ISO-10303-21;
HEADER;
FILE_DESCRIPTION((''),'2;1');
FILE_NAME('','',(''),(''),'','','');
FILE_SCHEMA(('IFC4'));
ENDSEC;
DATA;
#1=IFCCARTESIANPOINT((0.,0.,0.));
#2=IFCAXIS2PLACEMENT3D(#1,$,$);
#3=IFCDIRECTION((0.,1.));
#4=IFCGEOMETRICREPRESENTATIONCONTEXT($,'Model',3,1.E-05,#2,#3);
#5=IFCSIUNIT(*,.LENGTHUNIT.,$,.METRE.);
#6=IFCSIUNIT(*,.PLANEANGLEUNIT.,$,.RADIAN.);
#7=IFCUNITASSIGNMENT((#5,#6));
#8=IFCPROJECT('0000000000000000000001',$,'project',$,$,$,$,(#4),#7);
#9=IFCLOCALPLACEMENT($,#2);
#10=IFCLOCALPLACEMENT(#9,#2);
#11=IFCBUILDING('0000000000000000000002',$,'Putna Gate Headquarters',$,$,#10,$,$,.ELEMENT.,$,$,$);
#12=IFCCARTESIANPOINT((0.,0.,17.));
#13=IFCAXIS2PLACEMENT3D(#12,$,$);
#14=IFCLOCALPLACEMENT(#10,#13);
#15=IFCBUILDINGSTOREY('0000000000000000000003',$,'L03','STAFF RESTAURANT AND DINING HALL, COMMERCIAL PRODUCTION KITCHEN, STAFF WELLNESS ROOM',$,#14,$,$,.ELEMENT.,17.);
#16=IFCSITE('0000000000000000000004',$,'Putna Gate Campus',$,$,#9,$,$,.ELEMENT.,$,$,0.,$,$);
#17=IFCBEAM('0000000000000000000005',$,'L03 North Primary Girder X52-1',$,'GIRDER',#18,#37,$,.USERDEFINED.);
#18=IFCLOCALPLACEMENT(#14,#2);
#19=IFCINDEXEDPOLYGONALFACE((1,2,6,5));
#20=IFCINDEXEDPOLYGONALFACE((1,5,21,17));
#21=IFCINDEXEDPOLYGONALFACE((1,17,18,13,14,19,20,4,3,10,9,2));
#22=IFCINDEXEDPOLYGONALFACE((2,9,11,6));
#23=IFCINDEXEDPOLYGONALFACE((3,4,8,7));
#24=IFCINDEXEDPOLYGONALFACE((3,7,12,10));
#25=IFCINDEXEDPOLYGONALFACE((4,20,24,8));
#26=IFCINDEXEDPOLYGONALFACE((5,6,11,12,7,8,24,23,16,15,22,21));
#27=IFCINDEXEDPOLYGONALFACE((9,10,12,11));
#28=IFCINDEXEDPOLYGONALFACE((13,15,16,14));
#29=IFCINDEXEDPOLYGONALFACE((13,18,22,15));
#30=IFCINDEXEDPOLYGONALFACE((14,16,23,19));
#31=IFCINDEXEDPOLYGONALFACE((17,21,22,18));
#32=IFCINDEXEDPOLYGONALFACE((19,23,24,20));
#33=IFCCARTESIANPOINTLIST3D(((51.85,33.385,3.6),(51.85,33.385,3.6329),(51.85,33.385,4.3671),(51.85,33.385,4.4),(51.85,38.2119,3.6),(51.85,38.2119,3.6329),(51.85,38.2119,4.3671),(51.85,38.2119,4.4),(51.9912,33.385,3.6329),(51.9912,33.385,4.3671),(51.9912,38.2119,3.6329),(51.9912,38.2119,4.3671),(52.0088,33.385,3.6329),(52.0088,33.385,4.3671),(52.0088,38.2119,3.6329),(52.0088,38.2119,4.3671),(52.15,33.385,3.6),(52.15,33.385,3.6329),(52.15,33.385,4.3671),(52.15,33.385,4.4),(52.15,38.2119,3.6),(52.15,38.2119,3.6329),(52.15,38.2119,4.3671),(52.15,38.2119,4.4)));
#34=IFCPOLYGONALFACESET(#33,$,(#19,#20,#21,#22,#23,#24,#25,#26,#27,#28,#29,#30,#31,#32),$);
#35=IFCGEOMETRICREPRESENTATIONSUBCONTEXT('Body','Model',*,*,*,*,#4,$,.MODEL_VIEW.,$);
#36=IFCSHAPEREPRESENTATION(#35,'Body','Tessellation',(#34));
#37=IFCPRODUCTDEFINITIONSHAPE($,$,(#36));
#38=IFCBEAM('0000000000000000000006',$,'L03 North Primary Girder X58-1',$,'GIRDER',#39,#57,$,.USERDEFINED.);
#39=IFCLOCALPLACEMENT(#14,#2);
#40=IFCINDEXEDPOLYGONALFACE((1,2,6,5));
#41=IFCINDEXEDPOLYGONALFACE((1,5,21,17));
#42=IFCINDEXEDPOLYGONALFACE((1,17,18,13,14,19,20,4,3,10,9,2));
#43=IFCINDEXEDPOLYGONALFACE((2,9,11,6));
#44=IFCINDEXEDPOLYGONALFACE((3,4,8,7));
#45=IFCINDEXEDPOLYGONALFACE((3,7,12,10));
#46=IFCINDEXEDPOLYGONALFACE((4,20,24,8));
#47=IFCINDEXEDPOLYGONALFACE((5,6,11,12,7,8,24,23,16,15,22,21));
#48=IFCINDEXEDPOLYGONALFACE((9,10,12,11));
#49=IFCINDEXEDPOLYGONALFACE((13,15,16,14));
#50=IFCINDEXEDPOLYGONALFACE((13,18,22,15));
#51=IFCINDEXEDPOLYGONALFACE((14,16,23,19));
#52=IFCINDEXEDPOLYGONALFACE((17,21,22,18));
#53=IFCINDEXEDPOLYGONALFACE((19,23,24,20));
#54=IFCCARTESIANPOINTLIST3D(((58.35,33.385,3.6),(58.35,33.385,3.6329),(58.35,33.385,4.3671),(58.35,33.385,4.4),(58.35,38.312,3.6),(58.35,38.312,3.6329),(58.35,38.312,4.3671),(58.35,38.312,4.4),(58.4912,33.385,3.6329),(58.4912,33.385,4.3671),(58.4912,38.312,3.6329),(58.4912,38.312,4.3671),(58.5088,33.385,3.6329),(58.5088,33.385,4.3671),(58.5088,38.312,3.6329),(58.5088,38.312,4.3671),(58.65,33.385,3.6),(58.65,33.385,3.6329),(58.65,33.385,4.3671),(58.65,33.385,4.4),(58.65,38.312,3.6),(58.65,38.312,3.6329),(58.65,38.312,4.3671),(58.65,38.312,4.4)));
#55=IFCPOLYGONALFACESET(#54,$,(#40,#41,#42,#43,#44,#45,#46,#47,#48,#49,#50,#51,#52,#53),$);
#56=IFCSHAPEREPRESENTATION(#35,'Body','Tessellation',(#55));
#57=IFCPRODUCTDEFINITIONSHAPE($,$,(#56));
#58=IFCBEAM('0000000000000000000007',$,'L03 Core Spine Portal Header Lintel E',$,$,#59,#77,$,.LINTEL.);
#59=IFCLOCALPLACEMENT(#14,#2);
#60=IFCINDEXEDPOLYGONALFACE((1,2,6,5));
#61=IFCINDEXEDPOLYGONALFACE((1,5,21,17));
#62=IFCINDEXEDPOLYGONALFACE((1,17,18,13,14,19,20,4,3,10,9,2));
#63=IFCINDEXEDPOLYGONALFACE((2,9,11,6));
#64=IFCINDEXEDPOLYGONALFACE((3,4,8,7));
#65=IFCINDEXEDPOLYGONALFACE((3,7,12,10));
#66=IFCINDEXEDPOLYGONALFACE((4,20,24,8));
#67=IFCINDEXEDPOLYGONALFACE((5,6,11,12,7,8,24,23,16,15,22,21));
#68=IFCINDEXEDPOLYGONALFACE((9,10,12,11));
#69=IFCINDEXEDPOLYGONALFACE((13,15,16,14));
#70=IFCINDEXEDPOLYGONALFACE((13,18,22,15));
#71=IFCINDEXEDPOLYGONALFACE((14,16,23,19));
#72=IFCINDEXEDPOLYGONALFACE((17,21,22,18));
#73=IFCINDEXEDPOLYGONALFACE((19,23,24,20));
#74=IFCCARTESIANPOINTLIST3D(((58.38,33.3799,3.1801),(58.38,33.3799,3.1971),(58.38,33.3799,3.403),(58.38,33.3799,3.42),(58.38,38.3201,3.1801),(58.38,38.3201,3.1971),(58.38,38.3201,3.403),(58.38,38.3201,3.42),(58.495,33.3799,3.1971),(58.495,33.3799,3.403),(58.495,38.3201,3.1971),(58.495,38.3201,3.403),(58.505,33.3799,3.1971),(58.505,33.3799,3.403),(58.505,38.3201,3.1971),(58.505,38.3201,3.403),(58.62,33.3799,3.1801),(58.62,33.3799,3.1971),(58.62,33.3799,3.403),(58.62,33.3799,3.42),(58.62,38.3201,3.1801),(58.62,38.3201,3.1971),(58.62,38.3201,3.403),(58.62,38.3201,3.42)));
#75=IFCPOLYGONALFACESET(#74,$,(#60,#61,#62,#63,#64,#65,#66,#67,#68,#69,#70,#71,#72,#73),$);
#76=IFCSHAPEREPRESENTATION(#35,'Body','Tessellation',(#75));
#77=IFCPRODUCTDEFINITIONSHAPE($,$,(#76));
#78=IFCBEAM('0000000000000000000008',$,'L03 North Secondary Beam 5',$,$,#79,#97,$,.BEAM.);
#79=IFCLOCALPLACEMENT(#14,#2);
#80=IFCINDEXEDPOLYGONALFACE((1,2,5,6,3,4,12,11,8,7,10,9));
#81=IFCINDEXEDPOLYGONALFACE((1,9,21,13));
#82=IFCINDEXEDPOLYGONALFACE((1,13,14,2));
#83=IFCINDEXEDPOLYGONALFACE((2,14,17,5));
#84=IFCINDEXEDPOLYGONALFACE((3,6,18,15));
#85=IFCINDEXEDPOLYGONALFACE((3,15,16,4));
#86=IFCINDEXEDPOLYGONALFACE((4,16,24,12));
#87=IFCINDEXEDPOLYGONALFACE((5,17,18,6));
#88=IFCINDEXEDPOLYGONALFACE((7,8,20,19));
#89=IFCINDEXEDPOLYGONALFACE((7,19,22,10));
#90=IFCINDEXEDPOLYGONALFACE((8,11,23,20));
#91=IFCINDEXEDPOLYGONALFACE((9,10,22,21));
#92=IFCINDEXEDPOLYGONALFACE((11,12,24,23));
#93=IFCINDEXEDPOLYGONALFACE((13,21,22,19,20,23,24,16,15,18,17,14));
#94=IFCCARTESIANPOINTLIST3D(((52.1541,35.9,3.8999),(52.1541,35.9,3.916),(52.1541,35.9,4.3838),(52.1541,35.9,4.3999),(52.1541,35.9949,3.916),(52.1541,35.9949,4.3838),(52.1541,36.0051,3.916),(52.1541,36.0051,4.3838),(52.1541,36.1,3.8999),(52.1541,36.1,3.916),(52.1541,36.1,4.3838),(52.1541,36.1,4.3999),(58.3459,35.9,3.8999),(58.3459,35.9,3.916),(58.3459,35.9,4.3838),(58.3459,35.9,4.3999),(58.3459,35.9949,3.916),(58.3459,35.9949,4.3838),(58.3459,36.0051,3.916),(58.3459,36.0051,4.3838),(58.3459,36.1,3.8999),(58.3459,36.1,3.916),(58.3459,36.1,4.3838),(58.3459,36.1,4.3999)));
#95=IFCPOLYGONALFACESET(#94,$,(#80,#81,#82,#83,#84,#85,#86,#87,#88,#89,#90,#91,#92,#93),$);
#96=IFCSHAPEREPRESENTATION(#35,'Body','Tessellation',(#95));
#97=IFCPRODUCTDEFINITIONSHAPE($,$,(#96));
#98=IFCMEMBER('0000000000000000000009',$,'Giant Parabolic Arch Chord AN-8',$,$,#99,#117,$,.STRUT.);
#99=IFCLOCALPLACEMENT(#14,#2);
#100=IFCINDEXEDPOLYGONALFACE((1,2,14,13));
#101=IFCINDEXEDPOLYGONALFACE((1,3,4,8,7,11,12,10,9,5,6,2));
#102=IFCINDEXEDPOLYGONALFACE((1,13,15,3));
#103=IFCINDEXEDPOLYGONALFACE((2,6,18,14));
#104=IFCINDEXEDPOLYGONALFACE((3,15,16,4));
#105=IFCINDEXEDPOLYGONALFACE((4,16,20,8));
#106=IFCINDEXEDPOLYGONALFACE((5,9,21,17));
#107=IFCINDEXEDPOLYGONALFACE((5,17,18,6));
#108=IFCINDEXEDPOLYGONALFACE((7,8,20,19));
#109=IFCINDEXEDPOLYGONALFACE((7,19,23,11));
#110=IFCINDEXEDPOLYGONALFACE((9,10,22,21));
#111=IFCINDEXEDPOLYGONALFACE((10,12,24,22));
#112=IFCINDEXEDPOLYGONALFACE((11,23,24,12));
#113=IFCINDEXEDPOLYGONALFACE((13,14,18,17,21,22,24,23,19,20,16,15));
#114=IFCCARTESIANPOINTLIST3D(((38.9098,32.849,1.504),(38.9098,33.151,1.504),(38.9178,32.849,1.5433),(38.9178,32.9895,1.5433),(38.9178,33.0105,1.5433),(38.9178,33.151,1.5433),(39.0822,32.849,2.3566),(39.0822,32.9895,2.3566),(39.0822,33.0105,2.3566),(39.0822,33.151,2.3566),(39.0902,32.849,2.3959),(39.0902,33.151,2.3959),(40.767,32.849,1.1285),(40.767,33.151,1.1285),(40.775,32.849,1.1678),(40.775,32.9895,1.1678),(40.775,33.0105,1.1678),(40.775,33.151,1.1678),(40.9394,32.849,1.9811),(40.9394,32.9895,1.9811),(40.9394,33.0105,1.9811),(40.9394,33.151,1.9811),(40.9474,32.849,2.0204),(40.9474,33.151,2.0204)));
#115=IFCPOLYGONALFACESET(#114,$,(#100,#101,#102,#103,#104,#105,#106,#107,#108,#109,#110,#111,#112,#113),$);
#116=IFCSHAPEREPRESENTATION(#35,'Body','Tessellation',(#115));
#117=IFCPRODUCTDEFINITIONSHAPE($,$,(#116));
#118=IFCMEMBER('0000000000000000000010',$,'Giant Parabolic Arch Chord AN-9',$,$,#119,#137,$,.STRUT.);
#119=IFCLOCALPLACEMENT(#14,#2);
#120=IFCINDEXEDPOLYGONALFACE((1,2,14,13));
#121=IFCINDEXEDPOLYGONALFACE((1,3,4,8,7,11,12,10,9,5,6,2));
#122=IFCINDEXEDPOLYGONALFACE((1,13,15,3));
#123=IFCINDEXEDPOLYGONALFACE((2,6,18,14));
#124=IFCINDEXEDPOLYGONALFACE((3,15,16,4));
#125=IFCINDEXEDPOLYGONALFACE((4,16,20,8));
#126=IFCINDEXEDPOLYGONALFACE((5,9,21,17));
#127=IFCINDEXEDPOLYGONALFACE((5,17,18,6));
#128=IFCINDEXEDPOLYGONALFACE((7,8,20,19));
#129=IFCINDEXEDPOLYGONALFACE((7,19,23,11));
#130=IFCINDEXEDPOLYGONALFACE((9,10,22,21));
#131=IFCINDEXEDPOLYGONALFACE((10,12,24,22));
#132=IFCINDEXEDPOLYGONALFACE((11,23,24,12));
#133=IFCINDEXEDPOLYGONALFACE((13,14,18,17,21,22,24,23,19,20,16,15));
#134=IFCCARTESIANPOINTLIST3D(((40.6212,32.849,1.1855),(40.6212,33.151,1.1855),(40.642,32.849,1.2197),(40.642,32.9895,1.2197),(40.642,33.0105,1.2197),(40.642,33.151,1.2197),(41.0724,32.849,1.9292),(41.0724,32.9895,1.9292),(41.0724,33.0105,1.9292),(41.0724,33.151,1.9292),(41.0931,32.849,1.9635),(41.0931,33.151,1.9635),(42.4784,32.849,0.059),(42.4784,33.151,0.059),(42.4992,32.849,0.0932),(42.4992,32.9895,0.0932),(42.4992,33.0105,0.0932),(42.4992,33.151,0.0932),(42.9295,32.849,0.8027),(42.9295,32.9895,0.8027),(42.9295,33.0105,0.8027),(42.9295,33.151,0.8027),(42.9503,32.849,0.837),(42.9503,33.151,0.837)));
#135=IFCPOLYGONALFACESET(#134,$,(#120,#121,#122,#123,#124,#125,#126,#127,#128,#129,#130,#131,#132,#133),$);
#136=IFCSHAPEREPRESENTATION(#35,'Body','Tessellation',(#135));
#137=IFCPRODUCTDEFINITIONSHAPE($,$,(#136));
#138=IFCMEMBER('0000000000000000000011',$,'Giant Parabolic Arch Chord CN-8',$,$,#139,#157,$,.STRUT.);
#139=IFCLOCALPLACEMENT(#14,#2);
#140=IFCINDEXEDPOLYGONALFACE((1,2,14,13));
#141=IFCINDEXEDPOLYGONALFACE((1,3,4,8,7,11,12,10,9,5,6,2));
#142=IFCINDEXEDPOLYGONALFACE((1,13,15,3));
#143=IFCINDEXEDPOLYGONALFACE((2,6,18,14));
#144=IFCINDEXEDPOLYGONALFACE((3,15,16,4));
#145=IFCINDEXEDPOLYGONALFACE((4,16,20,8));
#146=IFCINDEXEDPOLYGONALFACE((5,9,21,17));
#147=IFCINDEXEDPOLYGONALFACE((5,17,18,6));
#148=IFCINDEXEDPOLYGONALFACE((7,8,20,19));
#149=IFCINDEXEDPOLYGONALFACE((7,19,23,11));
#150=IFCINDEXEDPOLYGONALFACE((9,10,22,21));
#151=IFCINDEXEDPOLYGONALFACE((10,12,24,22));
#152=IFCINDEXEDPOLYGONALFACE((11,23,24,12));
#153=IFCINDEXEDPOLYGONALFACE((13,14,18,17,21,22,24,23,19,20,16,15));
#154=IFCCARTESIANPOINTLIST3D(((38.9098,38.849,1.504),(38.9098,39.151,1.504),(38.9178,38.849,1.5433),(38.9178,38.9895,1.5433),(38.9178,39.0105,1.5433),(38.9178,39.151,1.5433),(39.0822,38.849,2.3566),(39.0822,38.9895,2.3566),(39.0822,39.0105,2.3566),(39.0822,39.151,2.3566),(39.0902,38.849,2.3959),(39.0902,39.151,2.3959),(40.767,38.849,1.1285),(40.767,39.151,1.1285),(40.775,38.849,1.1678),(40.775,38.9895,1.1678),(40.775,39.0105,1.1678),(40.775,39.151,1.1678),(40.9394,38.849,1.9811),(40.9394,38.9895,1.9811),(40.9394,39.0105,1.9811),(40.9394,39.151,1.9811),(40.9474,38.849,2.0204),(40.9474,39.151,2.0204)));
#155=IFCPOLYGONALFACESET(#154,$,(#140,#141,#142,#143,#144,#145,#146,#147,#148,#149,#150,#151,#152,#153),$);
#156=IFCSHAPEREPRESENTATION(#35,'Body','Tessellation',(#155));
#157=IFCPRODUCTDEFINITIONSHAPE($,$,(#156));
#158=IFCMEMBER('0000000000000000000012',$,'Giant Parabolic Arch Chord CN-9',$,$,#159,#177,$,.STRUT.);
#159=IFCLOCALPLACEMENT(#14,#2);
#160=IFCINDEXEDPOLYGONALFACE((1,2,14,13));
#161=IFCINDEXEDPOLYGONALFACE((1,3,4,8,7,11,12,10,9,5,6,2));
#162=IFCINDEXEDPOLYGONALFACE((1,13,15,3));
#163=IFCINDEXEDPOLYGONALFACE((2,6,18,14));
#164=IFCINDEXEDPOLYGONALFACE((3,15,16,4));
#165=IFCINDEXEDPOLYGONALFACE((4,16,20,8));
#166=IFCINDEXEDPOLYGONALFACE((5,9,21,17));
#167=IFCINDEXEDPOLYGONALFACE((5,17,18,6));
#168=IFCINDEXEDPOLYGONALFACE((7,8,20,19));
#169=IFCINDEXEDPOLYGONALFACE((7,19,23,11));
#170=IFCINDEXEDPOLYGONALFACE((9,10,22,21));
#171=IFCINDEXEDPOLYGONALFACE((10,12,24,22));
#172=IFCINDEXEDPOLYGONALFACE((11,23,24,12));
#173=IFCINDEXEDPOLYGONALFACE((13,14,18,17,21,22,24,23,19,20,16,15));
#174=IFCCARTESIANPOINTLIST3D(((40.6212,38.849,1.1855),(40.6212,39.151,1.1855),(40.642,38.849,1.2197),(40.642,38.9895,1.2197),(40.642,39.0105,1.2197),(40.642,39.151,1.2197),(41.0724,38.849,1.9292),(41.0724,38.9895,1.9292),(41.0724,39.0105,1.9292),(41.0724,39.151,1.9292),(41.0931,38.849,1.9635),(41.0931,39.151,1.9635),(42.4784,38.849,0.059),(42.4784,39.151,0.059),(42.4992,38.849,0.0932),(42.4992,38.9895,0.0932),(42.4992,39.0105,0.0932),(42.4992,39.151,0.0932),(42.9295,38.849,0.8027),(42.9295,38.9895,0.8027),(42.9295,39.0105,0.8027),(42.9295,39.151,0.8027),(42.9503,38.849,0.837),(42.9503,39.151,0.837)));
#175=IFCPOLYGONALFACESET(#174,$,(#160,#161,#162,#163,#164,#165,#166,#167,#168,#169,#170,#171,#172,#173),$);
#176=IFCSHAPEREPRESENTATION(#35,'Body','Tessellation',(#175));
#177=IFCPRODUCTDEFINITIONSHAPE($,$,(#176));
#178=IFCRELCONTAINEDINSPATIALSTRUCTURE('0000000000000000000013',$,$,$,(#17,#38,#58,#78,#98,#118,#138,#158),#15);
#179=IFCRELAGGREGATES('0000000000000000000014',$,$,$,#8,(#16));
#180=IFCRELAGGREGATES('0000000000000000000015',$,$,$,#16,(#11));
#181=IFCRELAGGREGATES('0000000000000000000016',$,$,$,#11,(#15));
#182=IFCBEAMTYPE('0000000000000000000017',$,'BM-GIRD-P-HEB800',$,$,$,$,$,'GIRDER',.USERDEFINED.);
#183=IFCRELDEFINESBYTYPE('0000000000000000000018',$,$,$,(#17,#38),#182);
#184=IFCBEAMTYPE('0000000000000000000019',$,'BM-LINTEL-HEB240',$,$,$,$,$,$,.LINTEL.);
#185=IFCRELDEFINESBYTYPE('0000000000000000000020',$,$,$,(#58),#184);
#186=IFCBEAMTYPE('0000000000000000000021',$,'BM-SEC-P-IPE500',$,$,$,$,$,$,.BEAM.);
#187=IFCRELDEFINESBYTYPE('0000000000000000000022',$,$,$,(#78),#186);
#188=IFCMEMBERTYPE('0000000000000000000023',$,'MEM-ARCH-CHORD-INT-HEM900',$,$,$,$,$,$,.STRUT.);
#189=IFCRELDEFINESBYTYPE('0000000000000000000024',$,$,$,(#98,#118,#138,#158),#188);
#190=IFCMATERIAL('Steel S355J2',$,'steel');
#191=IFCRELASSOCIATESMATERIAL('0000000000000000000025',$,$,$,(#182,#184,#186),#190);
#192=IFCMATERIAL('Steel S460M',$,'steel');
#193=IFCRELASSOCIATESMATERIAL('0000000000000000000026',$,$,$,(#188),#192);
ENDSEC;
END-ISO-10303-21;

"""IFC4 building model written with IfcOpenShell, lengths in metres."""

from ifc_helpers import new_model, si_unit, direction, frame, origin, origin_2d, place, context, subcontext, project, spatial, i_section, extrude, material, material_profile, profile_set, type_object, element, save


model = new_model("IFC4")

# Units and contexts
model_context = context("Model", 3, precision=1e-05, world=origin(), true_north=direction((0.0, 1.0)))
body_context = subcontext(model_context, "Body", "Model", "MODEL_VIEW")
ifc_project = project(units=[si_unit("LENGTHUNIT", "METRE"), si_unit("PLANEANGLEUNIT", "RADIAN")], contexts=[model_context])

# Site, building, storey
site_placement = place(None, origin())
site = spatial("IfcSite", under=ifc_project, at=site_placement, Name="Putna Gate Campus", CompositionType="ELEMENT", RefElevation=0.0)
building_placement = place(site_placement, origin())
building = spatial("IfcBuilding", under=site, at=building_placement, Name="Putna Gate Headquarters", CompositionType="ELEMENT")
storey_placement = place(building_placement, frame((0.0, 0.0, 17.0)))
storey = spatial("IfcBuildingStorey", under=building, at=storey_placement, Name="L03", Description="STAFF RESTAURANT AND DINING HALL, COMMERCIAL PRODUCTION KITCHEN, STAFF WELLNESS ROOM", CompositionType="ELEMENT", Elevation=17.0)

# Beams
ifc_material_1 = material(Name="Steel S355J2", Category="steel")
ifc_material_profile_1 = material_profile(ifc_material_1, i_section(OverallWidth=0.3, OverallDepth=0.8, WebThickness=0.0176, FlangeThickness=0.033, at=origin_2d()), Name="Steel S355J2")
ifc_profile_set_1 = profile_set([ifc_material_profile_1], Name="Steel S355J2")
beam_type_1 = type_object("IfcBeamType", Name="BM-GIRD-P-HEB800", ElementType="GIRDER", PredefinedType="USERDEFINED", material=ifc_profile_set_1)
beam_1_placement = place(storey_placement, frame((52.0, 33.385, 4.0), z_axis=(0.0, 1.0, 0.0), x_axis=(-1.0, 0.0, 0.0)))
element("IfcBeam", 1, at=beam_1_placement, inside=storey, type_object=beam_type_1, Name="L03 North Primary Girder X52-1", ObjectType="GIRDER", PredefinedType="USERDEFINED", context=body_context, shape_type="SweptSolid", body=[
    extrude(i_section(OverallWidth=0.3, OverallDepth=0.8, WebThickness=0.0176, FlangeThickness=0.033, at=origin_2d()), origin(), (0.0, 0.0, 1.0), 4.8269),
])
beam_2_placement = place(storey_placement, frame((58.5, 33.385, 4.0), z_axis=(0.0, 1.0, 0.0), x_axis=(-1.0, 0.0, 0.0)))
element("IfcBeam", 2, at=beam_2_placement, inside=storey, type_object=beam_type_1, Name="L03 North Primary Girder X58-1", ObjectType="GIRDER", PredefinedType="USERDEFINED", context=body_context, shape_type="SweptSolid", body=[
    extrude(i_section(OverallWidth=0.3, OverallDepth=0.8, WebThickness=0.0176, FlangeThickness=0.033, at=origin_2d()), origin(), (0.0, 0.0, 1.0), 4.927),
])
ifc_material_profile_2 = material_profile(ifc_material_1, i_section(OverallWidth=0.24, OverallDepth=0.24, WebThickness=0.01, FlangeThickness=0.0171, at=origin_2d()), Name="Steel S355J2")
ifc_profile_set_2 = profile_set([ifc_material_profile_2], Name="Steel S355J2")
beam_type_2 = type_object("IfcBeamType", Name="BM-LINTEL-HEB240", PredefinedType="LINTEL", material=ifc_profile_set_2)
beam_3_placement = place(storey_placement, frame((58.5, 33.3799, 3.3), z_axis=(0.0, 1.0, 0.0), x_axis=(-1.0, 0.0, 0.0)))
element("IfcBeam", 3, at=beam_3_placement, inside=storey, type_object=beam_type_2, Name="L03 Core Spine Portal Header Lintel E", PredefinedType="LINTEL", context=body_context, shape_type="SweptSolid", body=[
    extrude(i_section(OverallWidth=0.24, OverallDepth=0.24, WebThickness=0.01, FlangeThickness=0.0171, at=origin_2d()), origin(), (0.0, 0.0, 1.0), 4.9402),
])
ifc_material_profile_3 = material_profile(ifc_material_1, i_section(OverallWidth=0.2, OverallDepth=0.5, WebThickness=0.0103, FlangeThickness=0.0161, at=origin_2d()), Name="Steel S355J2")
ifc_profile_set_3 = profile_set([ifc_material_profile_3], Name="Steel S355J2")
beam_type_3 = type_object("IfcBeamType", Name="BM-SEC-P-IPE500", PredefinedType="BEAM", material=ifc_profile_set_3)
beam_4_placement = place(storey_placement, frame((52.1541, 36.0, 4.1499), z_axis=(1.0, 0.0, 0.0), x_axis=(0.0, 1.0, 0.0)))
element("IfcBeam", 4, at=beam_4_placement, inside=storey, type_object=beam_type_3, Name="L03 North Secondary Beam 5", PredefinedType="BEAM", context=body_context, shape_type="SweptSolid", body=[
    extrude(i_section(OverallWidth=0.2, OverallDepth=0.5, WebThickness=0.0103, FlangeThickness=0.0161, at=origin_2d()), origin(), (0.0, 0.0, 1.0), 6.1919),
])

# Members
ifc_material_2 = material(Name="Steel S460M", Category="steel")
ifc_material_profile_4 = material_profile(ifc_material_2, i_section(OverallWidth=0.302, OverallDepth=0.9099, WebThickness=0.021, FlangeThickness=0.04, at=origin_2d()), Name="Steel S460M")
ifc_profile_set_4 = profile_set([ifc_material_profile_4], Name="Steel S460M")
member_type_1 = type_object("IfcMemberType", Name="MEM-ARCH-CHORD-INT-HEM900", PredefinedType="STRUT", material=ifc_profile_set_4)
member_1_placement = place(storey_placement, frame((39.0, 33.0, 1.95), z_axis=(0.980167, 0.0, -0.198172), x_axis=(0.0, 1.0, 0.0)))
element("IfcMember", 5, at=member_1_placement, inside=storey, type_object=member_type_1, Name="Giant Parabolic Arch Chord AN-8", PredefinedType="STRUT", context=body_context, shape_type="SweptSolid", body=[
    extrude(i_section(OverallWidth=0.302, OverallDepth=0.9099, WebThickness=0.021, FlangeThickness=0.04, at=origin_2d()), origin(), (0.0, 0.0, 1.0), 1.8948),
])
member_2_placement = place(storey_placement, frame((40.8572, 33.0, 1.5745), z_axis=(0.855014, 0.0, -0.518606), x_axis=(0.0, 1.0, 0.0)))
element("IfcMember", 6, at=member_2_placement, inside=storey, type_object=member_type_1, Name="Giant Parabolic Arch Chord AN-9", PredefinedType="STRUT", context=body_context, shape_type="SweptSolid", body=[
    extrude(i_section(OverallWidth=0.302, OverallDepth=0.9099, WebThickness=0.021, FlangeThickness=0.04, at=origin_2d()), origin(), (0.0, 0.0, 1.0), 2.1721),
])
member_3_placement = place(storey_placement, frame((39.0, 39.0, 1.95), z_axis=(0.980167, 0.0, -0.198172), x_axis=(0.0, 1.0, 0.0)))
element("IfcMember", 7, at=member_3_placement, inside=storey, type_object=member_type_1, Name="Giant Parabolic Arch Chord CN-8", PredefinedType="STRUT", context=body_context, shape_type="SweptSolid", body=[
    extrude(i_section(OverallWidth=0.302, OverallDepth=0.9099, WebThickness=0.021, FlangeThickness=0.04, at=origin_2d()), origin(), (0.0, 0.0, 1.0), 1.8948),
])
member_4_placement = place(storey_placement, frame((40.8572, 39.0, 1.5745), z_axis=(0.855014, 0.0, -0.518606), x_axis=(0.0, 1.0, 0.0)))
element("IfcMember", 8, at=member_4_placement, inside=storey, type_object=member_type_1, Name="Giant Parabolic Arch Chord CN-9", PredefinedType="STRUT", context=body_context, shape_type="SweptSolid", body=[
    extrude(i_section(OverallWidth=0.302, OverallDepth=0.9099, WebThickness=0.021, FlangeThickness=0.04, at=origin_2d()), origin(), (0.0, 0.0, 1.0), 2.1721),
])

save(model, "model.ifc")
